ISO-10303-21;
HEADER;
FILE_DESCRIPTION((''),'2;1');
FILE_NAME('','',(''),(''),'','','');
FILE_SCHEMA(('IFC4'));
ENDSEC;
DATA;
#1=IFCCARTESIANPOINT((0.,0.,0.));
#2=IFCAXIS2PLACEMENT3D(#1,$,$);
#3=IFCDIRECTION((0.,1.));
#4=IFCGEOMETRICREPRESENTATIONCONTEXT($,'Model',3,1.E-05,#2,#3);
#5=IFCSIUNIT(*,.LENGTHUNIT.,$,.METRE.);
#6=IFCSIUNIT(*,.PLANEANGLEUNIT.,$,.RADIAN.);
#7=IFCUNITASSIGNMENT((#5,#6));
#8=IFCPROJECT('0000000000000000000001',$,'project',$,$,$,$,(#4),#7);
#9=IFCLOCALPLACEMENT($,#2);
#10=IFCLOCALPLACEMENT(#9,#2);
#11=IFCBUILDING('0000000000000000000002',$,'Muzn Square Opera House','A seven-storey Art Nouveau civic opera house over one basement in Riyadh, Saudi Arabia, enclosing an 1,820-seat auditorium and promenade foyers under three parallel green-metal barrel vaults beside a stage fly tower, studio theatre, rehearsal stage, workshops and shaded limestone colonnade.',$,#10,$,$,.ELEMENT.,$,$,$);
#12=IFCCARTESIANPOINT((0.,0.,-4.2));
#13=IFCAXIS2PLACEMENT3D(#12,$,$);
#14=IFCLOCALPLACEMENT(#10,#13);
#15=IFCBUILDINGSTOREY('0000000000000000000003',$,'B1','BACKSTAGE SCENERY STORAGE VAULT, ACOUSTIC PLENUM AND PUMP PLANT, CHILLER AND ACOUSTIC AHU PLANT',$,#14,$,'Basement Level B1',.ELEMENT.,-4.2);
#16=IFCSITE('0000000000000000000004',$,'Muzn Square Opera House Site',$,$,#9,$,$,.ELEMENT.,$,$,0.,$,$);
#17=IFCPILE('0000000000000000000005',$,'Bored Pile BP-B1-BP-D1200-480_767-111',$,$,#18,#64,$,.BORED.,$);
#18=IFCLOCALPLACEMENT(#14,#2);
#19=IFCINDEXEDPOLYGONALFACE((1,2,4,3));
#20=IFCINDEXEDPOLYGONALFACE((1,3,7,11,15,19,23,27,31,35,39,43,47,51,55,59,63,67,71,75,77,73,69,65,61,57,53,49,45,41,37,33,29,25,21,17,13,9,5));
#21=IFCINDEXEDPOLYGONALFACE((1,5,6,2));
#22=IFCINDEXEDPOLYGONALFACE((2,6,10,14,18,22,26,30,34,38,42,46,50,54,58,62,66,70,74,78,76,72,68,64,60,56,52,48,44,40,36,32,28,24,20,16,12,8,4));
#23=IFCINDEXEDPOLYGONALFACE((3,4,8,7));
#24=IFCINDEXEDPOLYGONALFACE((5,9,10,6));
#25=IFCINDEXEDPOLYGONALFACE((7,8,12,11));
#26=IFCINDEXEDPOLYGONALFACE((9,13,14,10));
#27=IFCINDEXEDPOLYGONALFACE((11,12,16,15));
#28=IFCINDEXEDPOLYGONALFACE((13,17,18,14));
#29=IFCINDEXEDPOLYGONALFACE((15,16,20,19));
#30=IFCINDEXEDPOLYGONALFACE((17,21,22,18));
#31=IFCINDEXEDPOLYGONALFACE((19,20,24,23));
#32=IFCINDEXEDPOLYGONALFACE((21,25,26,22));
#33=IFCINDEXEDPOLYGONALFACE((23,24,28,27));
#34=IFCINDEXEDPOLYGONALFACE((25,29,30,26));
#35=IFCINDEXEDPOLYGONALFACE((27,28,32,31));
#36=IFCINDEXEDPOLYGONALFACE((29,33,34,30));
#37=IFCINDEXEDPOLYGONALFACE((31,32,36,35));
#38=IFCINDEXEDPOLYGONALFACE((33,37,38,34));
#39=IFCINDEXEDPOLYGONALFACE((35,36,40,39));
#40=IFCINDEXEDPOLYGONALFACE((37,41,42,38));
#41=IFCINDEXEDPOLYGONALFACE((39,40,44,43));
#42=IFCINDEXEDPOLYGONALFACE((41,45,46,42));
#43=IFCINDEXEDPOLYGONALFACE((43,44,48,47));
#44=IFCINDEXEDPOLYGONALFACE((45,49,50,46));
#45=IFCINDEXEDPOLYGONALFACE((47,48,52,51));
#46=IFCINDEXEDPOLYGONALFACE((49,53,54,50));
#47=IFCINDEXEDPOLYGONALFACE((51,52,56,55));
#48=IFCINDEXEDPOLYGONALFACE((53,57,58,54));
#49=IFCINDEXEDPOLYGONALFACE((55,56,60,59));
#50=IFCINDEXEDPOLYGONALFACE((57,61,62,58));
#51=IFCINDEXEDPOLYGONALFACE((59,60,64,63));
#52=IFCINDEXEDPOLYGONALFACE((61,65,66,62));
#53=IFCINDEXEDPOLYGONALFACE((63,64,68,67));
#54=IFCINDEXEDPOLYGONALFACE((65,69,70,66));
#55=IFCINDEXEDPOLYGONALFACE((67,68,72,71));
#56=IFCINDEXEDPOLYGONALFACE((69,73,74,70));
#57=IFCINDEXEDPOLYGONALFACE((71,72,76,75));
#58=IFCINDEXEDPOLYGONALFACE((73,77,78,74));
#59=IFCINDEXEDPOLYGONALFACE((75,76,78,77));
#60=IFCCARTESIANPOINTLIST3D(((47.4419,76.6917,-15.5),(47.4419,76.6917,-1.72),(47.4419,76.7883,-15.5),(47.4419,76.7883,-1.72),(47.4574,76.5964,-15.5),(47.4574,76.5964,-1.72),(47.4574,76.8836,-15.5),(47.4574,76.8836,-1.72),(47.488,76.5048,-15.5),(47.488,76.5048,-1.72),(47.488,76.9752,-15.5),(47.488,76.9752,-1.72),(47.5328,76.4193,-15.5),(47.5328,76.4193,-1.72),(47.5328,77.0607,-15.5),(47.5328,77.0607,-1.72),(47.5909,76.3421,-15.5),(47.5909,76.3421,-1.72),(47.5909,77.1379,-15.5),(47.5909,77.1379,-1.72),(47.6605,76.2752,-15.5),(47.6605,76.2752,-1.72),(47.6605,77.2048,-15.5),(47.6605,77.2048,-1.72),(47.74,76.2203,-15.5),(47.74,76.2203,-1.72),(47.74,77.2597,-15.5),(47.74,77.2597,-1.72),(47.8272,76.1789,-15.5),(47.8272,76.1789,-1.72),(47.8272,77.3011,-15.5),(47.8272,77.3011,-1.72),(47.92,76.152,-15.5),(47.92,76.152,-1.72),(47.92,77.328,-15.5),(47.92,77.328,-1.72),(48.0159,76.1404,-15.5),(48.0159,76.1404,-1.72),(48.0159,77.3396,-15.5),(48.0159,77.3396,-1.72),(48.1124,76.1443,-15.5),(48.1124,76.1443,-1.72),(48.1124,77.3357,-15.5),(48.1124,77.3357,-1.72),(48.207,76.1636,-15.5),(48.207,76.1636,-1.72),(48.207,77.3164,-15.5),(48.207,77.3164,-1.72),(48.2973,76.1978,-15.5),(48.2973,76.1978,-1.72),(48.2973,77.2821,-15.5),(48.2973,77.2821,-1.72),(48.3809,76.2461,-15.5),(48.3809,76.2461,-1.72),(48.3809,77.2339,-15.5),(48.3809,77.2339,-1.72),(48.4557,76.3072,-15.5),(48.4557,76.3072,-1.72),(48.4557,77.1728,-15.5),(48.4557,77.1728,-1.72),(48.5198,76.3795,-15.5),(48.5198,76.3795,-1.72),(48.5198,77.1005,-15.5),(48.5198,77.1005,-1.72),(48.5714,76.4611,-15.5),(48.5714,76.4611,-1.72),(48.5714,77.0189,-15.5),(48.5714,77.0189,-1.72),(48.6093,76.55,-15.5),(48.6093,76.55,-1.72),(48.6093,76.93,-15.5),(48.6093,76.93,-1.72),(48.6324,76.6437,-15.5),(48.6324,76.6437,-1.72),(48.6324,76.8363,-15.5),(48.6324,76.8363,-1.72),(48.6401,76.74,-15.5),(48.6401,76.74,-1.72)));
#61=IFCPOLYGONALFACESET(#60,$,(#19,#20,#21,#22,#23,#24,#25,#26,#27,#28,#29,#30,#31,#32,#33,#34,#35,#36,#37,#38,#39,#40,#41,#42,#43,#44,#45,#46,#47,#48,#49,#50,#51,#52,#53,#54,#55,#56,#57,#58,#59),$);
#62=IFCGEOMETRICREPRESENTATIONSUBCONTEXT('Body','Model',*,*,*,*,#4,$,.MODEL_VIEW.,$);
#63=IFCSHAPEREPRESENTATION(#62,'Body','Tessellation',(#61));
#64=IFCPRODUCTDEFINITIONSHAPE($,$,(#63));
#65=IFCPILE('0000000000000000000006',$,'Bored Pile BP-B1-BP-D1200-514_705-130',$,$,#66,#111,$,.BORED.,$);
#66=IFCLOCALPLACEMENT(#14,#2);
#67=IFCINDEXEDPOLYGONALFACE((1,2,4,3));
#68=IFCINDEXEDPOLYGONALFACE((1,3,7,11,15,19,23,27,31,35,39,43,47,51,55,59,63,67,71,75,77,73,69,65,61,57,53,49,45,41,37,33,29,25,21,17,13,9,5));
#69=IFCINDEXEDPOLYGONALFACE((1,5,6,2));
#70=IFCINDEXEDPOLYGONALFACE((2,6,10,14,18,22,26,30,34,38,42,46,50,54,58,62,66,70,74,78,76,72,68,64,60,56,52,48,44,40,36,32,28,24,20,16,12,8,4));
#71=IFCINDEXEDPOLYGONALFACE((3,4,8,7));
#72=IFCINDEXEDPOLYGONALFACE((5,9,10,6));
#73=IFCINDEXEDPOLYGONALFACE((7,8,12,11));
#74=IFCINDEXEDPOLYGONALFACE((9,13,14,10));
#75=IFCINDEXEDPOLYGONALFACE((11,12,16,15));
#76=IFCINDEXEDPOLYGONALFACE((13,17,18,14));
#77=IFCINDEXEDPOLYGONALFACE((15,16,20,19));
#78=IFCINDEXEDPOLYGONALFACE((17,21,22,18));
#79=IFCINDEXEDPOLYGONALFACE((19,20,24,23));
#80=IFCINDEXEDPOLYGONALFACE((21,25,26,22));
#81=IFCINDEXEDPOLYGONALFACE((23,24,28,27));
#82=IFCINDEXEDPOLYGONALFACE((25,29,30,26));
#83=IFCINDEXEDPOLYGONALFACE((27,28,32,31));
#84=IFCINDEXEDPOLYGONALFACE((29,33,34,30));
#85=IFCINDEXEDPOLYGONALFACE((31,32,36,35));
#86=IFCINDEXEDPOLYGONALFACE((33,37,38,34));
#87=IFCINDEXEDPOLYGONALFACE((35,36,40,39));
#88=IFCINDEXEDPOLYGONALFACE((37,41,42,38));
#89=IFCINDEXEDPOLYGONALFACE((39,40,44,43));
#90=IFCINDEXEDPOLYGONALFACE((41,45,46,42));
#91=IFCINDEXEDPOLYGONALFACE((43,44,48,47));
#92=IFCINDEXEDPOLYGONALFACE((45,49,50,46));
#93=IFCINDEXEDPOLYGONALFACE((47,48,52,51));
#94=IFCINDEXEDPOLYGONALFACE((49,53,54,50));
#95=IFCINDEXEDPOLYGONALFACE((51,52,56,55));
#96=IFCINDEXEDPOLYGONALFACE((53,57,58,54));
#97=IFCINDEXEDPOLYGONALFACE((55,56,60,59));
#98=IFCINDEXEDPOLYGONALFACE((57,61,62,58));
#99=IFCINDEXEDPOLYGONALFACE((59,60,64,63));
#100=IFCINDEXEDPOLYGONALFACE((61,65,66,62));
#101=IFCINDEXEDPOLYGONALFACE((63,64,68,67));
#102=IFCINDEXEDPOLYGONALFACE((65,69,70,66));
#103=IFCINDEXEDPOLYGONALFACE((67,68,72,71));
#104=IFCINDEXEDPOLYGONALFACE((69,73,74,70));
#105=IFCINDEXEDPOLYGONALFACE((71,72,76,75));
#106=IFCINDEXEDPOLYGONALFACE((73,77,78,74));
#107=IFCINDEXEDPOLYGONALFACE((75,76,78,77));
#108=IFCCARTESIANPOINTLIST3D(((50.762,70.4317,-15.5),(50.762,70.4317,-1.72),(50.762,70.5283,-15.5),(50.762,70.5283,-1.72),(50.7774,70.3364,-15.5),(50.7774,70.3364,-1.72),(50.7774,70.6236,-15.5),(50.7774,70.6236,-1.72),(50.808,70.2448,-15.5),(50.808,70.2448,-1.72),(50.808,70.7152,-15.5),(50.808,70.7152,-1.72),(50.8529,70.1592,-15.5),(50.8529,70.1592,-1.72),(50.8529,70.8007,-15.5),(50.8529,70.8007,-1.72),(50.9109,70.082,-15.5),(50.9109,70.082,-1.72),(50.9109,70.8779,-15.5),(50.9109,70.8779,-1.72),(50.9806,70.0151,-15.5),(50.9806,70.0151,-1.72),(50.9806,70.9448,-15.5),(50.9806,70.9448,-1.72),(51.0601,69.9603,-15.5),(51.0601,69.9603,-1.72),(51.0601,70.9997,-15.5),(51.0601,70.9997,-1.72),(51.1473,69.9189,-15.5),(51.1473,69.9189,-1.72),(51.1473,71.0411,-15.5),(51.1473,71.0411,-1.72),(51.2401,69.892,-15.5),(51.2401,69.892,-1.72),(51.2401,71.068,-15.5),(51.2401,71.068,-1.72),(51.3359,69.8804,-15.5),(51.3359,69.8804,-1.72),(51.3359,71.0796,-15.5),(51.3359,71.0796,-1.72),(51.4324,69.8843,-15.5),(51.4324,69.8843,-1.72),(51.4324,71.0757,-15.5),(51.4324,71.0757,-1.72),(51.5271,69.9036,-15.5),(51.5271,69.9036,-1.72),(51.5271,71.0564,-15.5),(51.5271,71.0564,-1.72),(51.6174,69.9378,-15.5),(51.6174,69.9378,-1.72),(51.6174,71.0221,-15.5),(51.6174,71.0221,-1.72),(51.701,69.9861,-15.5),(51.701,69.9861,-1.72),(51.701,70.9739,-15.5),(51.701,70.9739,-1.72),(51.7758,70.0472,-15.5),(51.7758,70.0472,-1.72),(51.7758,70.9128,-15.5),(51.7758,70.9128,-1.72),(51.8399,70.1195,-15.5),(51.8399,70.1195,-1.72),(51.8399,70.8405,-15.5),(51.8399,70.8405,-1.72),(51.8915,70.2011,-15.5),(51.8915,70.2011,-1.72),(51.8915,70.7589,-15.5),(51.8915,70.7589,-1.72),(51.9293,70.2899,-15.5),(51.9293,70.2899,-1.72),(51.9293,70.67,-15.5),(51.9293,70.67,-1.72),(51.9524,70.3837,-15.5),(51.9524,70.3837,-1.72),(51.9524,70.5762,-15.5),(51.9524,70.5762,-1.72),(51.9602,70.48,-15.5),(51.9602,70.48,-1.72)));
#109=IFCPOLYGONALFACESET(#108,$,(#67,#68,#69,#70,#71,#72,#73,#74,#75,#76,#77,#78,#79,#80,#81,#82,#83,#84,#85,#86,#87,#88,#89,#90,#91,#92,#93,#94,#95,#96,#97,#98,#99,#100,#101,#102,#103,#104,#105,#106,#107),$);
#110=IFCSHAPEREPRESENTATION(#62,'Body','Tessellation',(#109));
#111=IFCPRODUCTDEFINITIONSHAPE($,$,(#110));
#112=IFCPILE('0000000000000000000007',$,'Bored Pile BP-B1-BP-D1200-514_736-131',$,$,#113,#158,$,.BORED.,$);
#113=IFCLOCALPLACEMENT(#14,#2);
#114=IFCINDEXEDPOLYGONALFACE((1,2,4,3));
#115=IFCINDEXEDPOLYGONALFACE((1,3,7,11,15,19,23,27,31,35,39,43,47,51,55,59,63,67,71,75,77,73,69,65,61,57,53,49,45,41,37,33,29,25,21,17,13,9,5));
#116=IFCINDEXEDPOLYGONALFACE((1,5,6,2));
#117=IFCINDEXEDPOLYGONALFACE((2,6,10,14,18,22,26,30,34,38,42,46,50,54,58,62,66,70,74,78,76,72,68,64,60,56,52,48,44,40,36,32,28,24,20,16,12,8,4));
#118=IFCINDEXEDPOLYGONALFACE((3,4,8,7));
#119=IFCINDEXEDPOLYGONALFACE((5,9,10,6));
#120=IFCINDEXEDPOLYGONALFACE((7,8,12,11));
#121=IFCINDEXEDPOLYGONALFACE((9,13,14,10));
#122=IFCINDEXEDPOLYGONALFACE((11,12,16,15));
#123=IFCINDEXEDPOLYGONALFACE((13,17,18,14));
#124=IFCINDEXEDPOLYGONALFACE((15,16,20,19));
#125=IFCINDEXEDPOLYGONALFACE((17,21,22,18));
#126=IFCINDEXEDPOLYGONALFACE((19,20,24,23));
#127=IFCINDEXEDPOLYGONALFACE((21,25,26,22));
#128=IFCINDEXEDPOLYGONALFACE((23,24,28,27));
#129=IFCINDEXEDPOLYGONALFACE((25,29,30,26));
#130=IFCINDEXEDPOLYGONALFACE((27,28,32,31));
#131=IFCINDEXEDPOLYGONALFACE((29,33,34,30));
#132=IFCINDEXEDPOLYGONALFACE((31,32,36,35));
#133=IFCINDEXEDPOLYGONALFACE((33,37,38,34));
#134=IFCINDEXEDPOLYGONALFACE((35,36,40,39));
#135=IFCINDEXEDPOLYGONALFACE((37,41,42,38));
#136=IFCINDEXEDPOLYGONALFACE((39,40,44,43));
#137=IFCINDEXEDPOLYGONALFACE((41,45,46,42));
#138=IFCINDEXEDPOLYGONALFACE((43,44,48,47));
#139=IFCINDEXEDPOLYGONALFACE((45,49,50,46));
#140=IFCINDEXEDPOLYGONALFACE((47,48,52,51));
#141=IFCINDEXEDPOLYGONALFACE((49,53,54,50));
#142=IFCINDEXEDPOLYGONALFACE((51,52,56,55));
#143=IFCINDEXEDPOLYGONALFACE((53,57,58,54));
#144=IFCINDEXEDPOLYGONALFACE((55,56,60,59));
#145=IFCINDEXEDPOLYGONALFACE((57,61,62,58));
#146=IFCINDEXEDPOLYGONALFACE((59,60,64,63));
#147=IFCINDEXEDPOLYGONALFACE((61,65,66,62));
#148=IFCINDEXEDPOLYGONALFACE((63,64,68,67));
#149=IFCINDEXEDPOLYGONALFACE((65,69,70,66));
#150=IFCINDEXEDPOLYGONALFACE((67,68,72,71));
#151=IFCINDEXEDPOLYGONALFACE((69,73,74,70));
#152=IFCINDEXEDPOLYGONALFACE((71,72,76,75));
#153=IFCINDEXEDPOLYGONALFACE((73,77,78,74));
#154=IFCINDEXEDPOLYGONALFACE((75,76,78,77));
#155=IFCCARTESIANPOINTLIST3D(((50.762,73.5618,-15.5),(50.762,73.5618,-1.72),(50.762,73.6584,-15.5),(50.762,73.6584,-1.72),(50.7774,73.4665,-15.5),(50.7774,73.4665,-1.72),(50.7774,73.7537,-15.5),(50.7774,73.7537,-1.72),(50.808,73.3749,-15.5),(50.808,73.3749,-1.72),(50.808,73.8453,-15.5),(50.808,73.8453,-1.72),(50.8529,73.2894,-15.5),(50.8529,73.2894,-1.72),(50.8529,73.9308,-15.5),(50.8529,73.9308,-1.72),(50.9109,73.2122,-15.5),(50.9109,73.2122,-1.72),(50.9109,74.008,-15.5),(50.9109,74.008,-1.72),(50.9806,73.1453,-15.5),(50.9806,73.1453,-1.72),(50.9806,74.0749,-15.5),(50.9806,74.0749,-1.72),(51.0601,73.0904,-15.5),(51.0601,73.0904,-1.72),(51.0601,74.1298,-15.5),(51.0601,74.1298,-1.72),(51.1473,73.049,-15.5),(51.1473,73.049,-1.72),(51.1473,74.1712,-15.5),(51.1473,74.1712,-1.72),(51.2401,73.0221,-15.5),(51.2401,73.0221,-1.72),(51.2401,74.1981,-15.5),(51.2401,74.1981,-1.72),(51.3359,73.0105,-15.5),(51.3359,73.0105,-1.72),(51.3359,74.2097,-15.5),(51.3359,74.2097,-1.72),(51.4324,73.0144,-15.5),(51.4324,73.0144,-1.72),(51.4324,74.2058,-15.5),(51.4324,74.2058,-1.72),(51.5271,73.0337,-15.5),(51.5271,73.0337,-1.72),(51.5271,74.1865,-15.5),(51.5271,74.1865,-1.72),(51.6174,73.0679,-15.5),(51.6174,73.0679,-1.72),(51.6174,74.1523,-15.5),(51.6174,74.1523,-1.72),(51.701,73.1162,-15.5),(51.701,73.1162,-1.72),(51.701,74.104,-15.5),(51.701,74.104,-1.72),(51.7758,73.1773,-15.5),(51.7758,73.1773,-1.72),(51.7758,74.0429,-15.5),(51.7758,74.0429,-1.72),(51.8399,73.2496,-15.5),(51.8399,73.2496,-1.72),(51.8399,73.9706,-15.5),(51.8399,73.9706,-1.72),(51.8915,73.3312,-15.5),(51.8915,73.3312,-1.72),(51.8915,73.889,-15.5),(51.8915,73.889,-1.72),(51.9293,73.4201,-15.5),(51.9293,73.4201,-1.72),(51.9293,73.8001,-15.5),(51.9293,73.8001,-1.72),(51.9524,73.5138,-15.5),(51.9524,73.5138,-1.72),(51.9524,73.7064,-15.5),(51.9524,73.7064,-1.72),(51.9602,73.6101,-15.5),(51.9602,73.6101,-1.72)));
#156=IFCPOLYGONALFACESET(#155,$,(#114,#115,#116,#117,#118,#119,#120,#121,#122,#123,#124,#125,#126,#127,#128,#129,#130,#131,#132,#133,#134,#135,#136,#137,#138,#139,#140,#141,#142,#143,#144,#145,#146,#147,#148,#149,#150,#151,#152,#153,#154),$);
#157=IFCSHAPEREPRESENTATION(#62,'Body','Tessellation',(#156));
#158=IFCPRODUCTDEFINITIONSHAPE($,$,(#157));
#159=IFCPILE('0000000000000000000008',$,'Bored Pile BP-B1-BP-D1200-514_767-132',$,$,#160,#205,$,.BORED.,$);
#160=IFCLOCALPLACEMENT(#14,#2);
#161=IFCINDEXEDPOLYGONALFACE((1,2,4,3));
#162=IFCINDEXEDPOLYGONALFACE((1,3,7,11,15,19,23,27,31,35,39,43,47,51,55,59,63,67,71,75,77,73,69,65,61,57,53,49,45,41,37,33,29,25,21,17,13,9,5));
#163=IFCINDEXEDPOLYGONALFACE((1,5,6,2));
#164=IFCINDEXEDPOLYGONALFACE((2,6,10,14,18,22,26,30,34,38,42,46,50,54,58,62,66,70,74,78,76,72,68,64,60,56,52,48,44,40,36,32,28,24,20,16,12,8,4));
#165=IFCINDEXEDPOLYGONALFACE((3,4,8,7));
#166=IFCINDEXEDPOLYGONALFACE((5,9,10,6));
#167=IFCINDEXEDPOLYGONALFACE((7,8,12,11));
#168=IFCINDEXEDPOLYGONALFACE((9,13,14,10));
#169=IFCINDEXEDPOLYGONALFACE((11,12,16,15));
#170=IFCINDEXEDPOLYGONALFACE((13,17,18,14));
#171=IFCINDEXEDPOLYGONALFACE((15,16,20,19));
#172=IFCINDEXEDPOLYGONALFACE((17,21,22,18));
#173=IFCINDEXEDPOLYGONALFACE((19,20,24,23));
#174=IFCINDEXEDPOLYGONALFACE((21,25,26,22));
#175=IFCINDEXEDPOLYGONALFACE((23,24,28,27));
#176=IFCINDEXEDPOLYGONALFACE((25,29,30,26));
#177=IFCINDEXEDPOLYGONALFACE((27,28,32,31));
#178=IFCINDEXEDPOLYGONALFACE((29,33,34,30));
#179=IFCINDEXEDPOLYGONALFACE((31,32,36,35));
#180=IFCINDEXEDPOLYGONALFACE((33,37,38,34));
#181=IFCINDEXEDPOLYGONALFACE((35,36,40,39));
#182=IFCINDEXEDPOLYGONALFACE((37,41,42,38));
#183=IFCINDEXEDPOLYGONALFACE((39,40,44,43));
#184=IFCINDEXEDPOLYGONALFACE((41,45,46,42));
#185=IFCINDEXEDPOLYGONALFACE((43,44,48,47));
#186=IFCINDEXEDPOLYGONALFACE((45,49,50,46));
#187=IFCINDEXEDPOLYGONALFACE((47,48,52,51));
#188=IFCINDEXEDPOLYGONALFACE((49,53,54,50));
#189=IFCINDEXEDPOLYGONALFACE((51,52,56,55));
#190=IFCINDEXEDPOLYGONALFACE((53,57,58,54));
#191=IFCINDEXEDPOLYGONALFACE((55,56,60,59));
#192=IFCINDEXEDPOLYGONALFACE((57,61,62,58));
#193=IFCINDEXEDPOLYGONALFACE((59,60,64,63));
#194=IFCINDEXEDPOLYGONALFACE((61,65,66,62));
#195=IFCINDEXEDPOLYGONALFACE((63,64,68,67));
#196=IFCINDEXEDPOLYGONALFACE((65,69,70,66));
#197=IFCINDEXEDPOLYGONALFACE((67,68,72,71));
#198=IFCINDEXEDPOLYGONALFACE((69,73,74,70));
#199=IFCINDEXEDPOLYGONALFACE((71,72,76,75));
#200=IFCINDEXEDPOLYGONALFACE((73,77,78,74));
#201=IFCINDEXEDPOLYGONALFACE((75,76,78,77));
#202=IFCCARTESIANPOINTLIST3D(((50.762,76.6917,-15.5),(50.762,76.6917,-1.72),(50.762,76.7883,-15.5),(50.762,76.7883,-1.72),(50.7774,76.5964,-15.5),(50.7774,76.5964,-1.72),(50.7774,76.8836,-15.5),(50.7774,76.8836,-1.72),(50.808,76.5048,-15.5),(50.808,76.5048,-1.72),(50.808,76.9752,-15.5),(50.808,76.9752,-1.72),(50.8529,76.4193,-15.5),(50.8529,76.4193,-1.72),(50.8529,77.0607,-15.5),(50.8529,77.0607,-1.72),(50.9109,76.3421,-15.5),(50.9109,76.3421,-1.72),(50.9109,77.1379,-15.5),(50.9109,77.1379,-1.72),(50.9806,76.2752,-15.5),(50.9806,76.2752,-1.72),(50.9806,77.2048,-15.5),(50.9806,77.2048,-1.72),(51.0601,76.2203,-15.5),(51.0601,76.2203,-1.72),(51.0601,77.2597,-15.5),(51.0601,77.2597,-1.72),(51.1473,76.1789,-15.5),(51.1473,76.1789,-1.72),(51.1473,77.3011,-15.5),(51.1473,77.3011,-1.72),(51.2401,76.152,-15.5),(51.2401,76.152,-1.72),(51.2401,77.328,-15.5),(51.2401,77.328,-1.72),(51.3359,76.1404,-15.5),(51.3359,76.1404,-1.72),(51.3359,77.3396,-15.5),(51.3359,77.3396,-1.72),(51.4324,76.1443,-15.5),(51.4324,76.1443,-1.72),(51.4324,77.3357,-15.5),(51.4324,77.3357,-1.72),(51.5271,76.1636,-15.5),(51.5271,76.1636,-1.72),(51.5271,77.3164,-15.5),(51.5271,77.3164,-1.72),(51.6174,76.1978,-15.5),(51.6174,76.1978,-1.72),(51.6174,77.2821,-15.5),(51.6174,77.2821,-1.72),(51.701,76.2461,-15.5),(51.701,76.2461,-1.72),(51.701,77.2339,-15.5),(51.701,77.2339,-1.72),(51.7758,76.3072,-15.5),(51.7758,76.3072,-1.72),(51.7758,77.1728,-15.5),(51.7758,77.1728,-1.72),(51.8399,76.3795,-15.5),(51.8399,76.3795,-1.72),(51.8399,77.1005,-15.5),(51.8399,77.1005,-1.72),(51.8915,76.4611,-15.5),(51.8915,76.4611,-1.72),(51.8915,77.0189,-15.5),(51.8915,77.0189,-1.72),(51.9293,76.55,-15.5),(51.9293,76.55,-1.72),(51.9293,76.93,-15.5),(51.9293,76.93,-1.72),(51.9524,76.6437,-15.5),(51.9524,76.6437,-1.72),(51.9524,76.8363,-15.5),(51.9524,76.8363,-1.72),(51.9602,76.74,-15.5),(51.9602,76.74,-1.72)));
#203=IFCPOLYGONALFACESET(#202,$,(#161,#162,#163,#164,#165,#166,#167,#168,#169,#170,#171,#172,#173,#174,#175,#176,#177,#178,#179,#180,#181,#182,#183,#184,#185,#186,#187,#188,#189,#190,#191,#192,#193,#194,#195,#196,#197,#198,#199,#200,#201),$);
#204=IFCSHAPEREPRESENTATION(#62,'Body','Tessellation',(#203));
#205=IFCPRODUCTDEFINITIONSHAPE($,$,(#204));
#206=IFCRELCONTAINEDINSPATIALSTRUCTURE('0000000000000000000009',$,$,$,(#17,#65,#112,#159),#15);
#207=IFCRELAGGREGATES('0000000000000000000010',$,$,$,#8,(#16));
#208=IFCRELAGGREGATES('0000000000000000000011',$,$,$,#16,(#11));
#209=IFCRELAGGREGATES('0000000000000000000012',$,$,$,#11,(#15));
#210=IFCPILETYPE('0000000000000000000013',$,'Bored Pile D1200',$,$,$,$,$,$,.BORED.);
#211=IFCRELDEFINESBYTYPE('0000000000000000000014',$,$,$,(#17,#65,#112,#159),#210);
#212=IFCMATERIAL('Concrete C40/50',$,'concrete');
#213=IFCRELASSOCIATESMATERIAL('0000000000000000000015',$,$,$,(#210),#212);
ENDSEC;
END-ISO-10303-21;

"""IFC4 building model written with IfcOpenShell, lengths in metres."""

from ifc_helpers import new_model, si_unit, direction, frame, origin, origin_2d, place, context, subcontext, project, spatial, circle, extrude, material, material_profile, profile_set, type_object, element, save


model = new_model("IFC4")

# Units and contexts
model_context = context("Model", 3, precision=1e-05, world=origin(), true_north=direction((0.0, 1.0)))
body_context = subcontext(model_context, "Body", "Model", "MODEL_VIEW")
ifc_project = project(units=[si_unit("LENGTHUNIT", "METRE"), si_unit("PLANEANGLEUNIT", "RADIAN")], contexts=[model_context])

# Site, building, storey
site_placement = place(None, origin())
site = spatial("IfcSite", under=ifc_project, at=site_placement, Name="Muzn Square Opera House Site", CompositionType="ELEMENT", RefElevation=0.0)
building_placement = place(site_placement, origin())
building = spatial("IfcBuilding", under=site, at=building_placement, Name="Muzn Square Opera House", Description="A seven-storey Art Nouveau civic opera house over one basement in Riyadh, Saudi Arabia, enclosing an 1,820-seat auditorium and promenade foyers under three parallel green-metal barrel vaults beside a stage fly tower, studio theatre, rehearsal stage, workshops and shaded limestone colonnade.", CompositionType="ELEMENT")
storey_placement = place(building_placement, frame((0.0, 0.0, -4.2)))
storey = spatial("IfcBuildingStorey", under=building, at=storey_placement, Name="B1", Description="BACKSTAGE SCENERY STORAGE VAULT, ACOUSTIC PLENUM AND PUMP PLANT, CHILLER AND ACOUSTIC AHU PLANT", LongName="Basement Level B1", CompositionType="ELEMENT", Elevation=-4.2)

# Piles
ifc_material_1 = material(Name="Concrete C40/50", Category="concrete")
ifc_material_profile_1 = material_profile(ifc_material_1, circle(Radius=0.6001, at=origin_2d()), Name="BORED PILE D1200", Category="concrete")
ifc_profile_set_1 = profile_set([ifc_material_profile_1], Name="Concrete C40/50")
pile_type = type_object("IfcPileType", Name="Bored Pile D1200", PredefinedType="BORED", material=ifc_profile_set_1)
for number, where, z_axis, x_axis, name in (
    (1, (48.04, 76.74, -1.72), (0.0, 0.0, -1.0), (1.0, 0.0, 0.0), "Bored Pile BP-B1-BP-D1200-480_767-111"),
    (2, (51.3601, 70.48, -1.72), (0.0, 0.0, -1.0), (1.0, 0.0, 0.0), "Bored Pile BP-B1-BP-D1200-514_705-130"),
    (3, (51.3601, 73.6101, -1.72), (0.0, 0.0, -1.0), (1.0, 0.0, 0.0), "Bored Pile BP-B1-BP-D1200-514_736-131"),
    (4, (51.3601, 76.74, -1.72), (0.0, 0.0, -1.0), (1.0, 0.0, 0.0), "Bored Pile BP-B1-BP-D1200-514_767-132"),
):
    element("IfcPile", number, at=place(storey_placement, frame(where, z_axis=z_axis, x_axis=x_axis)), inside=storey, type_object=pile_type, Name=name, PredefinedType="BORED", context=body_context, shape_type="SweptSolid", body=[
        extrude(circle(Radius=0.6001, at=origin_2d()), origin(), (0.0, 0.0, 1.0), 13.78),
    ])

save(model, "model.ifc")
